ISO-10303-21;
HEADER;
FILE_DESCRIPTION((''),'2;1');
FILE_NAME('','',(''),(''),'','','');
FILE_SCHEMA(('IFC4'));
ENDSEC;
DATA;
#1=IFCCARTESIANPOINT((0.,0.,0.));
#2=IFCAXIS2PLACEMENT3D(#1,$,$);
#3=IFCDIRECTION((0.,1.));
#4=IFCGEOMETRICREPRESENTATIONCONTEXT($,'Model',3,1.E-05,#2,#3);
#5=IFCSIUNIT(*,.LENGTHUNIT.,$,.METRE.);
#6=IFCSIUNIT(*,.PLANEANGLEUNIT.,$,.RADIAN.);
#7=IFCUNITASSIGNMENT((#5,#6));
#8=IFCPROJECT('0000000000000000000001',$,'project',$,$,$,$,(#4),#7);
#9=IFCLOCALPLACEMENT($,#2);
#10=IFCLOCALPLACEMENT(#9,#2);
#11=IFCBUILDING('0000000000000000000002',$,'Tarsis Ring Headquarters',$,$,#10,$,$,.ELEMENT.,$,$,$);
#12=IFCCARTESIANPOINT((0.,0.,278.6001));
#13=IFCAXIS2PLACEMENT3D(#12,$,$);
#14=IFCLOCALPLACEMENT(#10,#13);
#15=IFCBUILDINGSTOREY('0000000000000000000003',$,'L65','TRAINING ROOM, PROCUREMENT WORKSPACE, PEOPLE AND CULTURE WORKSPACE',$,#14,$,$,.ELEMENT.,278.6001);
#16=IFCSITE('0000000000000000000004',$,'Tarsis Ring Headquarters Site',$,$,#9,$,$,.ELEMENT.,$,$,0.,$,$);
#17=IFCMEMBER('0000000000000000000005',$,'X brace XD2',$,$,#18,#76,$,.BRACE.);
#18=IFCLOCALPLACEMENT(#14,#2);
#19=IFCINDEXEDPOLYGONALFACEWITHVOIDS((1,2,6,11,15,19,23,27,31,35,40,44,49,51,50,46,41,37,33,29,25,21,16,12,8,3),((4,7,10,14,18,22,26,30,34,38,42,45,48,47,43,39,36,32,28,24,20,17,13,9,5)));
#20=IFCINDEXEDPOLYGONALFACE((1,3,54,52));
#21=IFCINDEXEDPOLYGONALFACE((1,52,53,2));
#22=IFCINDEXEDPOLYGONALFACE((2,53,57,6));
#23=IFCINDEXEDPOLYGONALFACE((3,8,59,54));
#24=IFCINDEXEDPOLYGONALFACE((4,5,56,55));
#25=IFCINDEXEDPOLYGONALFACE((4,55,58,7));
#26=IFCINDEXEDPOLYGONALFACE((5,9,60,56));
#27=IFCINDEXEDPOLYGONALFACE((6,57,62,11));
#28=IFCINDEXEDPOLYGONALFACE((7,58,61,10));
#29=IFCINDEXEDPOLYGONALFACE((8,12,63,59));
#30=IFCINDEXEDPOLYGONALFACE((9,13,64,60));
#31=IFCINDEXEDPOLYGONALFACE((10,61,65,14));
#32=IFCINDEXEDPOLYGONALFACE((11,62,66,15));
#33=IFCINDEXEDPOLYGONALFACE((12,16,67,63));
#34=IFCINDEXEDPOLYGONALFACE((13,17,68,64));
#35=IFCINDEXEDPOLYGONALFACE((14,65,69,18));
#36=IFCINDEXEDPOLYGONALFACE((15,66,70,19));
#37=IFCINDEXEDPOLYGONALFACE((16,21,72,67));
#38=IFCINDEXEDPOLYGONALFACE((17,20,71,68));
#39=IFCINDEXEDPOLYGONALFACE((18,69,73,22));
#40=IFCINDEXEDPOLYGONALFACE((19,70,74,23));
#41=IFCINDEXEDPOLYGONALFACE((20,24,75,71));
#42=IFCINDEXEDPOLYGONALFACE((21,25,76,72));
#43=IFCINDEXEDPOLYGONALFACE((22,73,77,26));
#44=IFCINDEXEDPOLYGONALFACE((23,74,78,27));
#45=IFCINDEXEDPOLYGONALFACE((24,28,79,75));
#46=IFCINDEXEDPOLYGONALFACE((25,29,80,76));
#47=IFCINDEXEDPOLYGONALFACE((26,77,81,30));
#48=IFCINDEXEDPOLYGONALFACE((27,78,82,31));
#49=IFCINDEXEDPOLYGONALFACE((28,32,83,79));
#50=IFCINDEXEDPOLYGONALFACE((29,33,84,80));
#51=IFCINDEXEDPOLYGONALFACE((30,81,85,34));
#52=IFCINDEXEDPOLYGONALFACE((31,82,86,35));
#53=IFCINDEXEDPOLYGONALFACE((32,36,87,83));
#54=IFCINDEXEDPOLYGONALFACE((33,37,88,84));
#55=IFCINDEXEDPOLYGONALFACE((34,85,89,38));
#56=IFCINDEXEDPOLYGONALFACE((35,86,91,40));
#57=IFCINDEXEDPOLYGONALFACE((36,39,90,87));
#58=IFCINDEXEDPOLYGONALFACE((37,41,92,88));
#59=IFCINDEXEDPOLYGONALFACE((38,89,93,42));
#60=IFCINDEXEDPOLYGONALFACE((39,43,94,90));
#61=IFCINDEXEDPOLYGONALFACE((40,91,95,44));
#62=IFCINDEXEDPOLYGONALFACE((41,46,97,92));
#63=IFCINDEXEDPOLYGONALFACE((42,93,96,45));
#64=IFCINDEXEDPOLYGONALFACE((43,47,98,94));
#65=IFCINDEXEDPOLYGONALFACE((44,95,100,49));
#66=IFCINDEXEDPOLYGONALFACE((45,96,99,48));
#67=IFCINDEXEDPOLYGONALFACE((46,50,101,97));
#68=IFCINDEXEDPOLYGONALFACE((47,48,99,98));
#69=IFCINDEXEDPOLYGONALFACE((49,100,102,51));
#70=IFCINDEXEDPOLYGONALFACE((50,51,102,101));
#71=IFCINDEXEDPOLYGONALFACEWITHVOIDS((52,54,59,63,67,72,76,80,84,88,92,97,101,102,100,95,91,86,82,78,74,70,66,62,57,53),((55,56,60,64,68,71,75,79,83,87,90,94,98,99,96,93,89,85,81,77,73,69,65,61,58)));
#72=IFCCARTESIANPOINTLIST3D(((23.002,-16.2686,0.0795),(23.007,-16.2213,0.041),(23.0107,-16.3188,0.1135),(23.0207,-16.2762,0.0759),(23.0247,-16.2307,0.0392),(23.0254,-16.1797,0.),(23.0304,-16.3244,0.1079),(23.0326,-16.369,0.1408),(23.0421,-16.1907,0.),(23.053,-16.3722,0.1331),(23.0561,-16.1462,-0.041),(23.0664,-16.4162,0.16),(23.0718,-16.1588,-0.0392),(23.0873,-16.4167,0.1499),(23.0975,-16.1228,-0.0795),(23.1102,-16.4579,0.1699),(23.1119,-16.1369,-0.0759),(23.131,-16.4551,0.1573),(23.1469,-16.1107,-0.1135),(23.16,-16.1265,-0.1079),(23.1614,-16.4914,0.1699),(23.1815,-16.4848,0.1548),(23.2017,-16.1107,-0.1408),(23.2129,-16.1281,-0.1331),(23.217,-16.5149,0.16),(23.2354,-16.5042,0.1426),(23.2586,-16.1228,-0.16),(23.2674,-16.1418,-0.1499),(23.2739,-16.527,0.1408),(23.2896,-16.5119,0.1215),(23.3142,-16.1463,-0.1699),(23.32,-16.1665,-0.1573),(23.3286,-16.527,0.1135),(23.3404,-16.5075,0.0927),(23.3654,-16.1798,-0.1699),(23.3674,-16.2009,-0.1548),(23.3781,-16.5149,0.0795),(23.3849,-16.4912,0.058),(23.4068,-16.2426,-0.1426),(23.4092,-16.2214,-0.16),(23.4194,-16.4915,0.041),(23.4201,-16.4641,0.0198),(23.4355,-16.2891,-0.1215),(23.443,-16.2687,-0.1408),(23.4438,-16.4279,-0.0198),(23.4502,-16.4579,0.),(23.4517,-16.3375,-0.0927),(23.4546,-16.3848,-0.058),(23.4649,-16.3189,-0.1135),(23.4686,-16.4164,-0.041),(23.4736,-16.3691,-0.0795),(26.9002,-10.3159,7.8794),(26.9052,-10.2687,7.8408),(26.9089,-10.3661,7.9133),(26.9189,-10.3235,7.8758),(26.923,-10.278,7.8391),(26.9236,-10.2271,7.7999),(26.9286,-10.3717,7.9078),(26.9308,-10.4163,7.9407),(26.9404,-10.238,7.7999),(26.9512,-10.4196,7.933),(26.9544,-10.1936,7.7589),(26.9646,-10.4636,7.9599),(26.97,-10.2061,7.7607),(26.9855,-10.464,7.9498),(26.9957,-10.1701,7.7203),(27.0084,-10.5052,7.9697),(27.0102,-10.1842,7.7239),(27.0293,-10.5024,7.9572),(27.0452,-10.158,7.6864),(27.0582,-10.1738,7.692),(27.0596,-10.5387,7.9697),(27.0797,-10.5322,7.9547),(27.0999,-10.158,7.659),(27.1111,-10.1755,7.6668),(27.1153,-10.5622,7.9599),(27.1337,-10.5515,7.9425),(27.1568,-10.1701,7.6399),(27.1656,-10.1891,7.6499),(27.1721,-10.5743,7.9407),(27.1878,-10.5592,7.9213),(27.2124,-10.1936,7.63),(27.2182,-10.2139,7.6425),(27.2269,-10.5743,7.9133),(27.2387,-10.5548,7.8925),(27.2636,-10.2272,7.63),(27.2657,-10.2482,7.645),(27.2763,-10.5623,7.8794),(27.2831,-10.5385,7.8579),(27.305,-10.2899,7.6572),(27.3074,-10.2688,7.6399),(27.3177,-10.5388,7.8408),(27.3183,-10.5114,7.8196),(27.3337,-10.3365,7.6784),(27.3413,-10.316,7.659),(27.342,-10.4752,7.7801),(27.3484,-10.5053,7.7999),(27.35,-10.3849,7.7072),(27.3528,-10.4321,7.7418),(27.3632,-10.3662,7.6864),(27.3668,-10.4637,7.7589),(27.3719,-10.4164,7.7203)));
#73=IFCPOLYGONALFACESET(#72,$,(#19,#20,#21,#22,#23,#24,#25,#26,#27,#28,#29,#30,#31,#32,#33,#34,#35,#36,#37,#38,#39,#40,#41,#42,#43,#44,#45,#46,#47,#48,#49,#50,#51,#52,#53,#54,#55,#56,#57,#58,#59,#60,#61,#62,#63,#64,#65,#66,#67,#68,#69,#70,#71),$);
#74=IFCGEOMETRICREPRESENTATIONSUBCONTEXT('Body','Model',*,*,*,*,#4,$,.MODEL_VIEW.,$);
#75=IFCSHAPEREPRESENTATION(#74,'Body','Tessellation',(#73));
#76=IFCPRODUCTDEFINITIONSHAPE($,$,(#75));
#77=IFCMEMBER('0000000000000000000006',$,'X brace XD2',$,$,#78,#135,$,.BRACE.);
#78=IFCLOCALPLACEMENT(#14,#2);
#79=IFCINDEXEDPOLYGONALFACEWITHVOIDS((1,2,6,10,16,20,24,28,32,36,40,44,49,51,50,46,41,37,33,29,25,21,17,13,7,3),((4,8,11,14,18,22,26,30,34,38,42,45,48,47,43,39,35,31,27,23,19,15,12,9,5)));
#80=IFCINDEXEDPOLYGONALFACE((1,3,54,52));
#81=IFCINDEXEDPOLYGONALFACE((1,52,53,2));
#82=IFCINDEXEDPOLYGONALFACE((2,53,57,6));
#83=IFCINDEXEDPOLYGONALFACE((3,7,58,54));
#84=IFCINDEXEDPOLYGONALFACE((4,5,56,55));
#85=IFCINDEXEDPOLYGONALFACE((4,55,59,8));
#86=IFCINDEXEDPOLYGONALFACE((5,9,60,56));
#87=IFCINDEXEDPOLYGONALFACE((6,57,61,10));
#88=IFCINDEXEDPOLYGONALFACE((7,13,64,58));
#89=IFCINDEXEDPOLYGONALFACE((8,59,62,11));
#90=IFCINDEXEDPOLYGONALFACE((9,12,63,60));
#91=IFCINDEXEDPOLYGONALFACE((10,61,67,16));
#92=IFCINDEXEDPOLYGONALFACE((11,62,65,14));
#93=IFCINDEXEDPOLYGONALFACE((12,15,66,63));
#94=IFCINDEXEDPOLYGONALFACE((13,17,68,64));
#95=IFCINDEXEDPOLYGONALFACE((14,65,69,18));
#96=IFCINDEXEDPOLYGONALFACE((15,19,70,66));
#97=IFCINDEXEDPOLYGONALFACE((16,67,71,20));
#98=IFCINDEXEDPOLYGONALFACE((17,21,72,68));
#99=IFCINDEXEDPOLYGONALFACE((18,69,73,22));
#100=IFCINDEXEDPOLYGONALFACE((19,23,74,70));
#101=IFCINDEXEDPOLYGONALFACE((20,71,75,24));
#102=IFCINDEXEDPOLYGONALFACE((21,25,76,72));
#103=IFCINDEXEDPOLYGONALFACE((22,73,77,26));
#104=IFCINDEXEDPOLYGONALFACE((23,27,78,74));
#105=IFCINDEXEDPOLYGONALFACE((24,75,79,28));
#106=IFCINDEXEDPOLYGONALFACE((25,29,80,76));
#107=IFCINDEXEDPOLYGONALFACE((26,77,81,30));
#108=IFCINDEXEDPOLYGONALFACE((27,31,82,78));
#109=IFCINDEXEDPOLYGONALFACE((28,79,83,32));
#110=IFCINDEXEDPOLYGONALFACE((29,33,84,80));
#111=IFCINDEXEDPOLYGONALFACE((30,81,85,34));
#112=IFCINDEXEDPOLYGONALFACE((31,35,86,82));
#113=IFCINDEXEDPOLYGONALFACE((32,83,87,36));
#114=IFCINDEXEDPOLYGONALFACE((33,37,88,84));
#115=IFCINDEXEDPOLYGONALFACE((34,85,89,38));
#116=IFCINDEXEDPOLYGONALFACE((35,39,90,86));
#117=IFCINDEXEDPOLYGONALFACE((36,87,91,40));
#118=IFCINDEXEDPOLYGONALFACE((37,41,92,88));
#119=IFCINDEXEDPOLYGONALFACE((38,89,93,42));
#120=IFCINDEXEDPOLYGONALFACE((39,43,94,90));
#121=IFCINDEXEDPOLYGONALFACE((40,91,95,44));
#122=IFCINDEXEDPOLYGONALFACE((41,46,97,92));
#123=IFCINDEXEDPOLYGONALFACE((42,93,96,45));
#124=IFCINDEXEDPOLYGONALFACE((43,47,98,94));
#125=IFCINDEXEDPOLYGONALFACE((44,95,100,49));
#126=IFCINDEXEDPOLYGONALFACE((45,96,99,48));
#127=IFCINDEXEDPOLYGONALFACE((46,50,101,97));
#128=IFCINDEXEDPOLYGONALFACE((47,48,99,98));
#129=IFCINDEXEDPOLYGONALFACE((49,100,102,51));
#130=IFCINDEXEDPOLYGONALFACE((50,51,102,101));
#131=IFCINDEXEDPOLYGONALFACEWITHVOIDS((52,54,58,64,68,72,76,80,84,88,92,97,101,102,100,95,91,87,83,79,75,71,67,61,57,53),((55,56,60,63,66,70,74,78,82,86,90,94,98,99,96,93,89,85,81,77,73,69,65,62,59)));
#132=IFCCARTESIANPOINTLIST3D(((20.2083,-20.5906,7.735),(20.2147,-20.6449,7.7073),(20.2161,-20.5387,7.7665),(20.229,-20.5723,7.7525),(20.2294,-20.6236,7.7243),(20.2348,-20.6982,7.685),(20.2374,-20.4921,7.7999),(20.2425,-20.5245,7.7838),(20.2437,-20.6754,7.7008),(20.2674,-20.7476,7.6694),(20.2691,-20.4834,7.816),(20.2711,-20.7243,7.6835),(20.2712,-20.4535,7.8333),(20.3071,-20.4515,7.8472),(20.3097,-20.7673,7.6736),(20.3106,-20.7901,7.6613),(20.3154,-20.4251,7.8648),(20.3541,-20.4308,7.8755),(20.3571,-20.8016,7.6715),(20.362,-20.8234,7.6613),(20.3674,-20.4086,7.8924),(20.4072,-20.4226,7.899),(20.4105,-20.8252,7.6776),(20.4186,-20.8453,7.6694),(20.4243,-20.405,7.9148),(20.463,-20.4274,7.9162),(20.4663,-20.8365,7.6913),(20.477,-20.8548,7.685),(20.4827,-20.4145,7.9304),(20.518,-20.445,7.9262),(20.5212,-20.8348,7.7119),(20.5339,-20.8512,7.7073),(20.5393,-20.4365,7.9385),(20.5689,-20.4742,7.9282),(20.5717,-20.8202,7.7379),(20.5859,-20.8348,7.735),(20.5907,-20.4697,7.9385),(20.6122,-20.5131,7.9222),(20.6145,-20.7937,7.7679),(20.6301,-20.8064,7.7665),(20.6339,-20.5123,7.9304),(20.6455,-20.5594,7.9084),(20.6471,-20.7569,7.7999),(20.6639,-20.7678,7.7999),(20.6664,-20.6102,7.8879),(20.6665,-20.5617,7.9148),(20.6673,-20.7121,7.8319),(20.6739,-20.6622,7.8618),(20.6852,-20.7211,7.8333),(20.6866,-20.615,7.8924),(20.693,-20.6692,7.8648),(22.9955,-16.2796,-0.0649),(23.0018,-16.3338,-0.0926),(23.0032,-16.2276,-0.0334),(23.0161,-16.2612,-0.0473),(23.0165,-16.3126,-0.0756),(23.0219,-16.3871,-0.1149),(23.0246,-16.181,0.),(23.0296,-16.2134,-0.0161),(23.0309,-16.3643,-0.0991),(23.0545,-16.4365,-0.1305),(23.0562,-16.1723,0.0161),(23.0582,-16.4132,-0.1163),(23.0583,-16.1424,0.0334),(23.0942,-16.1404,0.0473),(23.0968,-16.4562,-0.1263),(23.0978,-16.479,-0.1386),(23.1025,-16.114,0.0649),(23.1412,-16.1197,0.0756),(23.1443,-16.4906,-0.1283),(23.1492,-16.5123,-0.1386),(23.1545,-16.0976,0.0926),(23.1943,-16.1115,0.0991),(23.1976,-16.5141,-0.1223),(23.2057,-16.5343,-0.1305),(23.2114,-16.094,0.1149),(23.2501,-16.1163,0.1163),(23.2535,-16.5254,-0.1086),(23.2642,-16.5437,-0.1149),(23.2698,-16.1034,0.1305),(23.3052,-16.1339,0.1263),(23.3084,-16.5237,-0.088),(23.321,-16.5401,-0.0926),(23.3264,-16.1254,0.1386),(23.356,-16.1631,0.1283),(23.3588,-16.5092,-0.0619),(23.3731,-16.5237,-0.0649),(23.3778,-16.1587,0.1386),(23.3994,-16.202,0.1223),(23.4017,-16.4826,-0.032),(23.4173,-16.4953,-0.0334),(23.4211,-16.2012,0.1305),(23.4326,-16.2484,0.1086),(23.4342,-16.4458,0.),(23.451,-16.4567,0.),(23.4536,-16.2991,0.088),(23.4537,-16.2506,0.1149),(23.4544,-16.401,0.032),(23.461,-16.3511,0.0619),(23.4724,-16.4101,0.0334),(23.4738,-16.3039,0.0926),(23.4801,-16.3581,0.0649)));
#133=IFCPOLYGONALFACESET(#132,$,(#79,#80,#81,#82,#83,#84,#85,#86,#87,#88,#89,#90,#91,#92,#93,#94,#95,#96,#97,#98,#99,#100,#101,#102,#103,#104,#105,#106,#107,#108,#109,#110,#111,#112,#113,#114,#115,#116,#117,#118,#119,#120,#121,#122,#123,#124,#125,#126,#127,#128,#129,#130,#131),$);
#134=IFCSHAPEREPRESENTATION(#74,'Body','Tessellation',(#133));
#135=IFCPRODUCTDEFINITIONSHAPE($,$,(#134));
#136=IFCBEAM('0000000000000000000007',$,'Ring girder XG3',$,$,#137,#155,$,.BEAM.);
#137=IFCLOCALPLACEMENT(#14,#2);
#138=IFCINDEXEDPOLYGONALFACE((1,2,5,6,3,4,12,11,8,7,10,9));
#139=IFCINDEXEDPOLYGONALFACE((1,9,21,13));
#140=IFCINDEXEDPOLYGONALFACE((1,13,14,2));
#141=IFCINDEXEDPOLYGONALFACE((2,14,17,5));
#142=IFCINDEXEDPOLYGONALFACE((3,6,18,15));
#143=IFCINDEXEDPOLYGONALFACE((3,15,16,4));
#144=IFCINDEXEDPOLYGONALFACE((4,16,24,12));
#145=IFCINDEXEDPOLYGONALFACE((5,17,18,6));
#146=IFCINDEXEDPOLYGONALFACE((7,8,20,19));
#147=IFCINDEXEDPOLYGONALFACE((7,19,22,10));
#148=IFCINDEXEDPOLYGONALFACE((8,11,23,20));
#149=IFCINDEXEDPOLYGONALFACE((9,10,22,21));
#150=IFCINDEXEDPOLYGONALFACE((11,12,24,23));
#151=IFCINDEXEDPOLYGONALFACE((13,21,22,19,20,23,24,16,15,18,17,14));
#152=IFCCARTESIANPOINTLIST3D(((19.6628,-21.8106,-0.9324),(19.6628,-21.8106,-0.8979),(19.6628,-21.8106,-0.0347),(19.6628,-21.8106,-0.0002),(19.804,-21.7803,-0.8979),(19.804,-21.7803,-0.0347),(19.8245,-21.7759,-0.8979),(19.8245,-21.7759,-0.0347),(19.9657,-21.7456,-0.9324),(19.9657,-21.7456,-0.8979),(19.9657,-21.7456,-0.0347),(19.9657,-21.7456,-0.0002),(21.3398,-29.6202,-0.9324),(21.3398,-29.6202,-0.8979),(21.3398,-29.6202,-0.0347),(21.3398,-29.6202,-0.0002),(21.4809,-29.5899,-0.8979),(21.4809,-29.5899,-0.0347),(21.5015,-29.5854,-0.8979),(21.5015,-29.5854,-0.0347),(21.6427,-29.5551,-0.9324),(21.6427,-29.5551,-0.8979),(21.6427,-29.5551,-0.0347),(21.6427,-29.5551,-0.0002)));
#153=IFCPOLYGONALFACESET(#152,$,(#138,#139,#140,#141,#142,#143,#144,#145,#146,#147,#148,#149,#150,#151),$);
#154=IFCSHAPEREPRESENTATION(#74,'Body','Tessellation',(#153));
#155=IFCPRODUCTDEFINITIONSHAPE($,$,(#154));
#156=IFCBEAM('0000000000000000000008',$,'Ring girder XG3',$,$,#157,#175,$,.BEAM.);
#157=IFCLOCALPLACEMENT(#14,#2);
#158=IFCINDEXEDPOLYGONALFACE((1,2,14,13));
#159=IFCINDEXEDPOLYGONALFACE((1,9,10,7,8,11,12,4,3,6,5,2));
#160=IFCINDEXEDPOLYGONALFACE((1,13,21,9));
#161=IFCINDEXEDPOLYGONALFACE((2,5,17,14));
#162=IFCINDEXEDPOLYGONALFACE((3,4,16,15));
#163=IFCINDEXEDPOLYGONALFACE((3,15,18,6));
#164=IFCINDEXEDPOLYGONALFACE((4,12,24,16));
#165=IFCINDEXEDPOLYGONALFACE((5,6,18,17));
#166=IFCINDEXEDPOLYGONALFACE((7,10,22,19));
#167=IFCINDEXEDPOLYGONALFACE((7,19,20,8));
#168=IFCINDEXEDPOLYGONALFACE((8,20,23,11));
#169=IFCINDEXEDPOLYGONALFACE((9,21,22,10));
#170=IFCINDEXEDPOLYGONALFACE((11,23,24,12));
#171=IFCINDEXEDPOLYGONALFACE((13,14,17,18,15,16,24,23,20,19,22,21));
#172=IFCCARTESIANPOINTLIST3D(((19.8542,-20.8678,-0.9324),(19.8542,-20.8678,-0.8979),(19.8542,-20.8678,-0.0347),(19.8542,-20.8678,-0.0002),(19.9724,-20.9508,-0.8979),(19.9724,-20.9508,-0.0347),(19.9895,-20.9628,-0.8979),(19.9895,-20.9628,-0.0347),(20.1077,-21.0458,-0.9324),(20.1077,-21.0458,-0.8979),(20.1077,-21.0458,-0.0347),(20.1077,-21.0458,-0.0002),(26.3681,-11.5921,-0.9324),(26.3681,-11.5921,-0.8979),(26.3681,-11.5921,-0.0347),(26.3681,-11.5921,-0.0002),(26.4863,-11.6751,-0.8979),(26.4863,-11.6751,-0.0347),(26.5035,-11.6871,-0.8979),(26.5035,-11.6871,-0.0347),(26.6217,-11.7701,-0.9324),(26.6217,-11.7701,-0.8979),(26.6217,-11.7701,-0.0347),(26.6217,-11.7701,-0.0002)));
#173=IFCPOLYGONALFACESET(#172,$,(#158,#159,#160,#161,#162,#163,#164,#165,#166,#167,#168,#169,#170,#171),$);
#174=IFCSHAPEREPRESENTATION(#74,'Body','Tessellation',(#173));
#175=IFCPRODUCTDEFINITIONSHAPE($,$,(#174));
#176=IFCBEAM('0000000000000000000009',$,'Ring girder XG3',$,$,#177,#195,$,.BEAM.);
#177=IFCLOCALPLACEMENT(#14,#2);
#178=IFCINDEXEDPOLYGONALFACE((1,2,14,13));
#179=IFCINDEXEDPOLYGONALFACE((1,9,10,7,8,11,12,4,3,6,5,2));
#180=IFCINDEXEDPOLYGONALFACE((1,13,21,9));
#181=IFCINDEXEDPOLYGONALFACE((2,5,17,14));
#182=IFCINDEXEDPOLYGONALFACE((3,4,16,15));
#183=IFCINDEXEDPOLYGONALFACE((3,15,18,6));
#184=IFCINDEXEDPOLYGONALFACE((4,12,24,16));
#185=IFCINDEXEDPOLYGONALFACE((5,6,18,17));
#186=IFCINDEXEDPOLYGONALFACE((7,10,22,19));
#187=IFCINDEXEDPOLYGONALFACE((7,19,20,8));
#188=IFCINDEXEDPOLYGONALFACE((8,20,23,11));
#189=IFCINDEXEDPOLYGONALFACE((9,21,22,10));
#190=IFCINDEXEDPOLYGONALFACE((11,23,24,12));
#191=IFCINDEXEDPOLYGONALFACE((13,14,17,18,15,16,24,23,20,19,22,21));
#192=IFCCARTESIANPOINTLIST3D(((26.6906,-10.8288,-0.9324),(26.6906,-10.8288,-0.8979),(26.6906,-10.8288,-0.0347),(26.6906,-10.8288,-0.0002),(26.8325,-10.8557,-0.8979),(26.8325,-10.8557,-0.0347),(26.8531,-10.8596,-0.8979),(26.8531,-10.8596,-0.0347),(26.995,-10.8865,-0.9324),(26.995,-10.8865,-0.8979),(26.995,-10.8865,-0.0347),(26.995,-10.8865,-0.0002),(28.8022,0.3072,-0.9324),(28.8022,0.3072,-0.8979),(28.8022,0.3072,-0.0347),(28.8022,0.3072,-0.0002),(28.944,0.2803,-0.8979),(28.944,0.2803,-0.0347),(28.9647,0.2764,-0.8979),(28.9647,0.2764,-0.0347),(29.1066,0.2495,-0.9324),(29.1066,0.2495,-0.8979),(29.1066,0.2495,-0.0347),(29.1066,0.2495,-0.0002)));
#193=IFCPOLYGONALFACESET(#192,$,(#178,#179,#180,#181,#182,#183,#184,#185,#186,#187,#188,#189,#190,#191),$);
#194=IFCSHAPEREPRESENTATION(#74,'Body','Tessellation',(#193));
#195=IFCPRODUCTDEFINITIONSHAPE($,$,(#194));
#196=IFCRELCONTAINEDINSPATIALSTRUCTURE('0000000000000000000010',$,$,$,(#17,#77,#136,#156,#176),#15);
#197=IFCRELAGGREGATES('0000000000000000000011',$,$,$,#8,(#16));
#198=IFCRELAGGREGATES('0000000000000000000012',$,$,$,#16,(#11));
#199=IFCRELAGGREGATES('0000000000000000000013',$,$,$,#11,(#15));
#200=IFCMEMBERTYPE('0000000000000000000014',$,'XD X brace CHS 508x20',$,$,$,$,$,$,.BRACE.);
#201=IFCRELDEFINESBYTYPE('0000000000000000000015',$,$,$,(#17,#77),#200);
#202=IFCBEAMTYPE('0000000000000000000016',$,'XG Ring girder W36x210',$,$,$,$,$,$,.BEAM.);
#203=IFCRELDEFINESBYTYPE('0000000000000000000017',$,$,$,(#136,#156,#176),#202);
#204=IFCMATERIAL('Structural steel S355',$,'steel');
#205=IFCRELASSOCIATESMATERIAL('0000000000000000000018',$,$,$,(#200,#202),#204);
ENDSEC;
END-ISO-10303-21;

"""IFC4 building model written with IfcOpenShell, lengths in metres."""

from ifc_helpers import new_model, si_unit, direction, frame, origin, origin_2d, place, context, subcontext, project, spatial, hollow_circle, i_section, extrude, material, material_profile, profile_set, type_object, element, save


model = new_model("IFC4")

# Units and contexts
model_context = context("Model", 3, precision=1e-05, world=origin(), true_north=direction((0.0, 1.0)))
body_context = subcontext(model_context, "Body", "Model", "MODEL_VIEW")
ifc_project = project(units=[si_unit("LENGTHUNIT", "METRE"), si_unit("PLANEANGLEUNIT", "RADIAN")], contexts=[model_context])

# Site, building, storey
site_placement = place(None, origin())
site = spatial("IfcSite", under=ifc_project, at=site_placement, Name="Tarsis Ring Headquarters Site", CompositionType="ELEMENT", RefElevation=0.0)
building_placement = place(site_placement, origin())
building = spatial("IfcBuilding", under=site, at=building_placement, Name="Tarsis Ring Headquarters", CompositionType="ELEMENT")
storey_placement = place(building_placement, frame((0.0, 0.0, 278.6001)))
storey = spatial("IfcBuildingStorey", under=building, at=storey_placement, Name="L65", Description="TRAINING ROOM, PROCUREMENT WORKSPACE, PEOPLE AND CULTURE WORKSPACE", CompositionType="ELEMENT", Elevation=278.6001)

# Shared definitions
ifc_material_1 = material(Name="Structural steel S355", Category="steel")

# Members
ifc_material_profile_1 = material_profile(ifc_material_1, hollow_circle(Radius=0.2539, WallThickness=0.02, at=origin_2d()), Name="CHS 508x20")
ifc_profile_set_1 = profile_set([ifc_material_profile_1], Name="Structural steel S355")
member_type = type_object("IfcMemberType", Name="XD X brace CHS 508x20", PredefinedType="BRACE", material=ifc_profile_set_1)
member_1_placement = place(storey_placement, frame((23.2378, -16.3188, 0.0), z_axis=(0.369225, 0.563815, 0.738773), x_axis=(-0.836578, 0.547848, 0.0)))
element("IfcMember", 1, at=member_1_placement, inside=storey, type_object=member_type, Name="X brace XD2", PredefinedType="BRACE", context=body_context, shape_type="SweptSolid", body=[
    extrude(hollow_circle(Radius=0.2539, WallThickness=0.02, at=origin_2d()), origin(), (0.0, 0.0, 1.0), 10.5579),
])
member_2_placement = place(storey_placement, frame((23.2378, -16.3188, 0.0), z_axis=(-0.298484, -0.461688, 0.835315), x_axis=(0.839782, -0.542924, 0.0)))
element("IfcMember", 2, at=member_2_placement, inside=storey, type_object=member_type, Name="X brace XD2", PredefinedType="BRACE", context=body_context, shape_type="SweptSolid", body=[
    extrude(hollow_circle(Radius=0.2539, WallThickness=0.02, at=origin_2d()), origin(), (0.0, 0.0, 1.0), 9.3376),
])

# Beams
ifc_material_profile_2 = material_profile(ifc_material_1, i_section(OverallWidth=0.3098, OverallDepth=0.9321, WebThickness=0.021, FlangeThickness=0.0344, at=origin_2d()), Name="W36x210")
ifc_profile_set_2 = profile_set([ifc_material_profile_2], Name="Structural steel S355")
beam_type = type_object("IfcBeamType", Name="XG Ring girder W36x210", PredefinedType="BEAM", material=ifc_profile_set_2)
beam_placement = place(storey_placement, frame((21.4912, -29.5876, -0.4663), z_axis=(-0.209951, 0.977712, 0.0), x_axis=(-0.977712, -0.209951, 0.0)))
element("IfcBeam", 3, at=beam_placement, inside=storey, type_object=beam_type, Name="Ring girder XG3", PredefinedType="BEAM", context=body_context, shape_type="SweptSolid", body=[
    extrude(i_section(OverallWidth=0.3098, OverallDepth=0.9321, WebThickness=0.021, FlangeThickness=0.0344, at=origin_2d()), origin(), (0.0, 0.0, 1.0), 7.9875),
])
for number, where, z_axis, x_axis, name in (
    (4, (19.981, -20.9568, -0.4663), (0.574703, 0.818362, 0.0), (-0.818362, 0.574703, 0.0), "Ring girder XG3"),
    (5, (26.8428, -10.8577, -0.4663), (0.186297, 0.982493, 0.0), (-0.982493, 0.186297, 0.0), "Ring girder XG3"),
):
    element("IfcBeam", number, at=place(storey_placement, frame(where, z_axis=z_axis, x_axis=x_axis)), inside=storey, type_object=beam_type, Name=name, PredefinedType="BEAM", context=body_context, shape_type="SweptSolid", body=[
        extrude(i_section(OverallWidth=0.3098, OverallDepth=0.9321, WebThickness=0.021, FlangeThickness=0.0344, at=origin_2d()), origin(), (0.0, 0.0, 1.0), 11.3345),
    ])

save(model, "model.ifc")
